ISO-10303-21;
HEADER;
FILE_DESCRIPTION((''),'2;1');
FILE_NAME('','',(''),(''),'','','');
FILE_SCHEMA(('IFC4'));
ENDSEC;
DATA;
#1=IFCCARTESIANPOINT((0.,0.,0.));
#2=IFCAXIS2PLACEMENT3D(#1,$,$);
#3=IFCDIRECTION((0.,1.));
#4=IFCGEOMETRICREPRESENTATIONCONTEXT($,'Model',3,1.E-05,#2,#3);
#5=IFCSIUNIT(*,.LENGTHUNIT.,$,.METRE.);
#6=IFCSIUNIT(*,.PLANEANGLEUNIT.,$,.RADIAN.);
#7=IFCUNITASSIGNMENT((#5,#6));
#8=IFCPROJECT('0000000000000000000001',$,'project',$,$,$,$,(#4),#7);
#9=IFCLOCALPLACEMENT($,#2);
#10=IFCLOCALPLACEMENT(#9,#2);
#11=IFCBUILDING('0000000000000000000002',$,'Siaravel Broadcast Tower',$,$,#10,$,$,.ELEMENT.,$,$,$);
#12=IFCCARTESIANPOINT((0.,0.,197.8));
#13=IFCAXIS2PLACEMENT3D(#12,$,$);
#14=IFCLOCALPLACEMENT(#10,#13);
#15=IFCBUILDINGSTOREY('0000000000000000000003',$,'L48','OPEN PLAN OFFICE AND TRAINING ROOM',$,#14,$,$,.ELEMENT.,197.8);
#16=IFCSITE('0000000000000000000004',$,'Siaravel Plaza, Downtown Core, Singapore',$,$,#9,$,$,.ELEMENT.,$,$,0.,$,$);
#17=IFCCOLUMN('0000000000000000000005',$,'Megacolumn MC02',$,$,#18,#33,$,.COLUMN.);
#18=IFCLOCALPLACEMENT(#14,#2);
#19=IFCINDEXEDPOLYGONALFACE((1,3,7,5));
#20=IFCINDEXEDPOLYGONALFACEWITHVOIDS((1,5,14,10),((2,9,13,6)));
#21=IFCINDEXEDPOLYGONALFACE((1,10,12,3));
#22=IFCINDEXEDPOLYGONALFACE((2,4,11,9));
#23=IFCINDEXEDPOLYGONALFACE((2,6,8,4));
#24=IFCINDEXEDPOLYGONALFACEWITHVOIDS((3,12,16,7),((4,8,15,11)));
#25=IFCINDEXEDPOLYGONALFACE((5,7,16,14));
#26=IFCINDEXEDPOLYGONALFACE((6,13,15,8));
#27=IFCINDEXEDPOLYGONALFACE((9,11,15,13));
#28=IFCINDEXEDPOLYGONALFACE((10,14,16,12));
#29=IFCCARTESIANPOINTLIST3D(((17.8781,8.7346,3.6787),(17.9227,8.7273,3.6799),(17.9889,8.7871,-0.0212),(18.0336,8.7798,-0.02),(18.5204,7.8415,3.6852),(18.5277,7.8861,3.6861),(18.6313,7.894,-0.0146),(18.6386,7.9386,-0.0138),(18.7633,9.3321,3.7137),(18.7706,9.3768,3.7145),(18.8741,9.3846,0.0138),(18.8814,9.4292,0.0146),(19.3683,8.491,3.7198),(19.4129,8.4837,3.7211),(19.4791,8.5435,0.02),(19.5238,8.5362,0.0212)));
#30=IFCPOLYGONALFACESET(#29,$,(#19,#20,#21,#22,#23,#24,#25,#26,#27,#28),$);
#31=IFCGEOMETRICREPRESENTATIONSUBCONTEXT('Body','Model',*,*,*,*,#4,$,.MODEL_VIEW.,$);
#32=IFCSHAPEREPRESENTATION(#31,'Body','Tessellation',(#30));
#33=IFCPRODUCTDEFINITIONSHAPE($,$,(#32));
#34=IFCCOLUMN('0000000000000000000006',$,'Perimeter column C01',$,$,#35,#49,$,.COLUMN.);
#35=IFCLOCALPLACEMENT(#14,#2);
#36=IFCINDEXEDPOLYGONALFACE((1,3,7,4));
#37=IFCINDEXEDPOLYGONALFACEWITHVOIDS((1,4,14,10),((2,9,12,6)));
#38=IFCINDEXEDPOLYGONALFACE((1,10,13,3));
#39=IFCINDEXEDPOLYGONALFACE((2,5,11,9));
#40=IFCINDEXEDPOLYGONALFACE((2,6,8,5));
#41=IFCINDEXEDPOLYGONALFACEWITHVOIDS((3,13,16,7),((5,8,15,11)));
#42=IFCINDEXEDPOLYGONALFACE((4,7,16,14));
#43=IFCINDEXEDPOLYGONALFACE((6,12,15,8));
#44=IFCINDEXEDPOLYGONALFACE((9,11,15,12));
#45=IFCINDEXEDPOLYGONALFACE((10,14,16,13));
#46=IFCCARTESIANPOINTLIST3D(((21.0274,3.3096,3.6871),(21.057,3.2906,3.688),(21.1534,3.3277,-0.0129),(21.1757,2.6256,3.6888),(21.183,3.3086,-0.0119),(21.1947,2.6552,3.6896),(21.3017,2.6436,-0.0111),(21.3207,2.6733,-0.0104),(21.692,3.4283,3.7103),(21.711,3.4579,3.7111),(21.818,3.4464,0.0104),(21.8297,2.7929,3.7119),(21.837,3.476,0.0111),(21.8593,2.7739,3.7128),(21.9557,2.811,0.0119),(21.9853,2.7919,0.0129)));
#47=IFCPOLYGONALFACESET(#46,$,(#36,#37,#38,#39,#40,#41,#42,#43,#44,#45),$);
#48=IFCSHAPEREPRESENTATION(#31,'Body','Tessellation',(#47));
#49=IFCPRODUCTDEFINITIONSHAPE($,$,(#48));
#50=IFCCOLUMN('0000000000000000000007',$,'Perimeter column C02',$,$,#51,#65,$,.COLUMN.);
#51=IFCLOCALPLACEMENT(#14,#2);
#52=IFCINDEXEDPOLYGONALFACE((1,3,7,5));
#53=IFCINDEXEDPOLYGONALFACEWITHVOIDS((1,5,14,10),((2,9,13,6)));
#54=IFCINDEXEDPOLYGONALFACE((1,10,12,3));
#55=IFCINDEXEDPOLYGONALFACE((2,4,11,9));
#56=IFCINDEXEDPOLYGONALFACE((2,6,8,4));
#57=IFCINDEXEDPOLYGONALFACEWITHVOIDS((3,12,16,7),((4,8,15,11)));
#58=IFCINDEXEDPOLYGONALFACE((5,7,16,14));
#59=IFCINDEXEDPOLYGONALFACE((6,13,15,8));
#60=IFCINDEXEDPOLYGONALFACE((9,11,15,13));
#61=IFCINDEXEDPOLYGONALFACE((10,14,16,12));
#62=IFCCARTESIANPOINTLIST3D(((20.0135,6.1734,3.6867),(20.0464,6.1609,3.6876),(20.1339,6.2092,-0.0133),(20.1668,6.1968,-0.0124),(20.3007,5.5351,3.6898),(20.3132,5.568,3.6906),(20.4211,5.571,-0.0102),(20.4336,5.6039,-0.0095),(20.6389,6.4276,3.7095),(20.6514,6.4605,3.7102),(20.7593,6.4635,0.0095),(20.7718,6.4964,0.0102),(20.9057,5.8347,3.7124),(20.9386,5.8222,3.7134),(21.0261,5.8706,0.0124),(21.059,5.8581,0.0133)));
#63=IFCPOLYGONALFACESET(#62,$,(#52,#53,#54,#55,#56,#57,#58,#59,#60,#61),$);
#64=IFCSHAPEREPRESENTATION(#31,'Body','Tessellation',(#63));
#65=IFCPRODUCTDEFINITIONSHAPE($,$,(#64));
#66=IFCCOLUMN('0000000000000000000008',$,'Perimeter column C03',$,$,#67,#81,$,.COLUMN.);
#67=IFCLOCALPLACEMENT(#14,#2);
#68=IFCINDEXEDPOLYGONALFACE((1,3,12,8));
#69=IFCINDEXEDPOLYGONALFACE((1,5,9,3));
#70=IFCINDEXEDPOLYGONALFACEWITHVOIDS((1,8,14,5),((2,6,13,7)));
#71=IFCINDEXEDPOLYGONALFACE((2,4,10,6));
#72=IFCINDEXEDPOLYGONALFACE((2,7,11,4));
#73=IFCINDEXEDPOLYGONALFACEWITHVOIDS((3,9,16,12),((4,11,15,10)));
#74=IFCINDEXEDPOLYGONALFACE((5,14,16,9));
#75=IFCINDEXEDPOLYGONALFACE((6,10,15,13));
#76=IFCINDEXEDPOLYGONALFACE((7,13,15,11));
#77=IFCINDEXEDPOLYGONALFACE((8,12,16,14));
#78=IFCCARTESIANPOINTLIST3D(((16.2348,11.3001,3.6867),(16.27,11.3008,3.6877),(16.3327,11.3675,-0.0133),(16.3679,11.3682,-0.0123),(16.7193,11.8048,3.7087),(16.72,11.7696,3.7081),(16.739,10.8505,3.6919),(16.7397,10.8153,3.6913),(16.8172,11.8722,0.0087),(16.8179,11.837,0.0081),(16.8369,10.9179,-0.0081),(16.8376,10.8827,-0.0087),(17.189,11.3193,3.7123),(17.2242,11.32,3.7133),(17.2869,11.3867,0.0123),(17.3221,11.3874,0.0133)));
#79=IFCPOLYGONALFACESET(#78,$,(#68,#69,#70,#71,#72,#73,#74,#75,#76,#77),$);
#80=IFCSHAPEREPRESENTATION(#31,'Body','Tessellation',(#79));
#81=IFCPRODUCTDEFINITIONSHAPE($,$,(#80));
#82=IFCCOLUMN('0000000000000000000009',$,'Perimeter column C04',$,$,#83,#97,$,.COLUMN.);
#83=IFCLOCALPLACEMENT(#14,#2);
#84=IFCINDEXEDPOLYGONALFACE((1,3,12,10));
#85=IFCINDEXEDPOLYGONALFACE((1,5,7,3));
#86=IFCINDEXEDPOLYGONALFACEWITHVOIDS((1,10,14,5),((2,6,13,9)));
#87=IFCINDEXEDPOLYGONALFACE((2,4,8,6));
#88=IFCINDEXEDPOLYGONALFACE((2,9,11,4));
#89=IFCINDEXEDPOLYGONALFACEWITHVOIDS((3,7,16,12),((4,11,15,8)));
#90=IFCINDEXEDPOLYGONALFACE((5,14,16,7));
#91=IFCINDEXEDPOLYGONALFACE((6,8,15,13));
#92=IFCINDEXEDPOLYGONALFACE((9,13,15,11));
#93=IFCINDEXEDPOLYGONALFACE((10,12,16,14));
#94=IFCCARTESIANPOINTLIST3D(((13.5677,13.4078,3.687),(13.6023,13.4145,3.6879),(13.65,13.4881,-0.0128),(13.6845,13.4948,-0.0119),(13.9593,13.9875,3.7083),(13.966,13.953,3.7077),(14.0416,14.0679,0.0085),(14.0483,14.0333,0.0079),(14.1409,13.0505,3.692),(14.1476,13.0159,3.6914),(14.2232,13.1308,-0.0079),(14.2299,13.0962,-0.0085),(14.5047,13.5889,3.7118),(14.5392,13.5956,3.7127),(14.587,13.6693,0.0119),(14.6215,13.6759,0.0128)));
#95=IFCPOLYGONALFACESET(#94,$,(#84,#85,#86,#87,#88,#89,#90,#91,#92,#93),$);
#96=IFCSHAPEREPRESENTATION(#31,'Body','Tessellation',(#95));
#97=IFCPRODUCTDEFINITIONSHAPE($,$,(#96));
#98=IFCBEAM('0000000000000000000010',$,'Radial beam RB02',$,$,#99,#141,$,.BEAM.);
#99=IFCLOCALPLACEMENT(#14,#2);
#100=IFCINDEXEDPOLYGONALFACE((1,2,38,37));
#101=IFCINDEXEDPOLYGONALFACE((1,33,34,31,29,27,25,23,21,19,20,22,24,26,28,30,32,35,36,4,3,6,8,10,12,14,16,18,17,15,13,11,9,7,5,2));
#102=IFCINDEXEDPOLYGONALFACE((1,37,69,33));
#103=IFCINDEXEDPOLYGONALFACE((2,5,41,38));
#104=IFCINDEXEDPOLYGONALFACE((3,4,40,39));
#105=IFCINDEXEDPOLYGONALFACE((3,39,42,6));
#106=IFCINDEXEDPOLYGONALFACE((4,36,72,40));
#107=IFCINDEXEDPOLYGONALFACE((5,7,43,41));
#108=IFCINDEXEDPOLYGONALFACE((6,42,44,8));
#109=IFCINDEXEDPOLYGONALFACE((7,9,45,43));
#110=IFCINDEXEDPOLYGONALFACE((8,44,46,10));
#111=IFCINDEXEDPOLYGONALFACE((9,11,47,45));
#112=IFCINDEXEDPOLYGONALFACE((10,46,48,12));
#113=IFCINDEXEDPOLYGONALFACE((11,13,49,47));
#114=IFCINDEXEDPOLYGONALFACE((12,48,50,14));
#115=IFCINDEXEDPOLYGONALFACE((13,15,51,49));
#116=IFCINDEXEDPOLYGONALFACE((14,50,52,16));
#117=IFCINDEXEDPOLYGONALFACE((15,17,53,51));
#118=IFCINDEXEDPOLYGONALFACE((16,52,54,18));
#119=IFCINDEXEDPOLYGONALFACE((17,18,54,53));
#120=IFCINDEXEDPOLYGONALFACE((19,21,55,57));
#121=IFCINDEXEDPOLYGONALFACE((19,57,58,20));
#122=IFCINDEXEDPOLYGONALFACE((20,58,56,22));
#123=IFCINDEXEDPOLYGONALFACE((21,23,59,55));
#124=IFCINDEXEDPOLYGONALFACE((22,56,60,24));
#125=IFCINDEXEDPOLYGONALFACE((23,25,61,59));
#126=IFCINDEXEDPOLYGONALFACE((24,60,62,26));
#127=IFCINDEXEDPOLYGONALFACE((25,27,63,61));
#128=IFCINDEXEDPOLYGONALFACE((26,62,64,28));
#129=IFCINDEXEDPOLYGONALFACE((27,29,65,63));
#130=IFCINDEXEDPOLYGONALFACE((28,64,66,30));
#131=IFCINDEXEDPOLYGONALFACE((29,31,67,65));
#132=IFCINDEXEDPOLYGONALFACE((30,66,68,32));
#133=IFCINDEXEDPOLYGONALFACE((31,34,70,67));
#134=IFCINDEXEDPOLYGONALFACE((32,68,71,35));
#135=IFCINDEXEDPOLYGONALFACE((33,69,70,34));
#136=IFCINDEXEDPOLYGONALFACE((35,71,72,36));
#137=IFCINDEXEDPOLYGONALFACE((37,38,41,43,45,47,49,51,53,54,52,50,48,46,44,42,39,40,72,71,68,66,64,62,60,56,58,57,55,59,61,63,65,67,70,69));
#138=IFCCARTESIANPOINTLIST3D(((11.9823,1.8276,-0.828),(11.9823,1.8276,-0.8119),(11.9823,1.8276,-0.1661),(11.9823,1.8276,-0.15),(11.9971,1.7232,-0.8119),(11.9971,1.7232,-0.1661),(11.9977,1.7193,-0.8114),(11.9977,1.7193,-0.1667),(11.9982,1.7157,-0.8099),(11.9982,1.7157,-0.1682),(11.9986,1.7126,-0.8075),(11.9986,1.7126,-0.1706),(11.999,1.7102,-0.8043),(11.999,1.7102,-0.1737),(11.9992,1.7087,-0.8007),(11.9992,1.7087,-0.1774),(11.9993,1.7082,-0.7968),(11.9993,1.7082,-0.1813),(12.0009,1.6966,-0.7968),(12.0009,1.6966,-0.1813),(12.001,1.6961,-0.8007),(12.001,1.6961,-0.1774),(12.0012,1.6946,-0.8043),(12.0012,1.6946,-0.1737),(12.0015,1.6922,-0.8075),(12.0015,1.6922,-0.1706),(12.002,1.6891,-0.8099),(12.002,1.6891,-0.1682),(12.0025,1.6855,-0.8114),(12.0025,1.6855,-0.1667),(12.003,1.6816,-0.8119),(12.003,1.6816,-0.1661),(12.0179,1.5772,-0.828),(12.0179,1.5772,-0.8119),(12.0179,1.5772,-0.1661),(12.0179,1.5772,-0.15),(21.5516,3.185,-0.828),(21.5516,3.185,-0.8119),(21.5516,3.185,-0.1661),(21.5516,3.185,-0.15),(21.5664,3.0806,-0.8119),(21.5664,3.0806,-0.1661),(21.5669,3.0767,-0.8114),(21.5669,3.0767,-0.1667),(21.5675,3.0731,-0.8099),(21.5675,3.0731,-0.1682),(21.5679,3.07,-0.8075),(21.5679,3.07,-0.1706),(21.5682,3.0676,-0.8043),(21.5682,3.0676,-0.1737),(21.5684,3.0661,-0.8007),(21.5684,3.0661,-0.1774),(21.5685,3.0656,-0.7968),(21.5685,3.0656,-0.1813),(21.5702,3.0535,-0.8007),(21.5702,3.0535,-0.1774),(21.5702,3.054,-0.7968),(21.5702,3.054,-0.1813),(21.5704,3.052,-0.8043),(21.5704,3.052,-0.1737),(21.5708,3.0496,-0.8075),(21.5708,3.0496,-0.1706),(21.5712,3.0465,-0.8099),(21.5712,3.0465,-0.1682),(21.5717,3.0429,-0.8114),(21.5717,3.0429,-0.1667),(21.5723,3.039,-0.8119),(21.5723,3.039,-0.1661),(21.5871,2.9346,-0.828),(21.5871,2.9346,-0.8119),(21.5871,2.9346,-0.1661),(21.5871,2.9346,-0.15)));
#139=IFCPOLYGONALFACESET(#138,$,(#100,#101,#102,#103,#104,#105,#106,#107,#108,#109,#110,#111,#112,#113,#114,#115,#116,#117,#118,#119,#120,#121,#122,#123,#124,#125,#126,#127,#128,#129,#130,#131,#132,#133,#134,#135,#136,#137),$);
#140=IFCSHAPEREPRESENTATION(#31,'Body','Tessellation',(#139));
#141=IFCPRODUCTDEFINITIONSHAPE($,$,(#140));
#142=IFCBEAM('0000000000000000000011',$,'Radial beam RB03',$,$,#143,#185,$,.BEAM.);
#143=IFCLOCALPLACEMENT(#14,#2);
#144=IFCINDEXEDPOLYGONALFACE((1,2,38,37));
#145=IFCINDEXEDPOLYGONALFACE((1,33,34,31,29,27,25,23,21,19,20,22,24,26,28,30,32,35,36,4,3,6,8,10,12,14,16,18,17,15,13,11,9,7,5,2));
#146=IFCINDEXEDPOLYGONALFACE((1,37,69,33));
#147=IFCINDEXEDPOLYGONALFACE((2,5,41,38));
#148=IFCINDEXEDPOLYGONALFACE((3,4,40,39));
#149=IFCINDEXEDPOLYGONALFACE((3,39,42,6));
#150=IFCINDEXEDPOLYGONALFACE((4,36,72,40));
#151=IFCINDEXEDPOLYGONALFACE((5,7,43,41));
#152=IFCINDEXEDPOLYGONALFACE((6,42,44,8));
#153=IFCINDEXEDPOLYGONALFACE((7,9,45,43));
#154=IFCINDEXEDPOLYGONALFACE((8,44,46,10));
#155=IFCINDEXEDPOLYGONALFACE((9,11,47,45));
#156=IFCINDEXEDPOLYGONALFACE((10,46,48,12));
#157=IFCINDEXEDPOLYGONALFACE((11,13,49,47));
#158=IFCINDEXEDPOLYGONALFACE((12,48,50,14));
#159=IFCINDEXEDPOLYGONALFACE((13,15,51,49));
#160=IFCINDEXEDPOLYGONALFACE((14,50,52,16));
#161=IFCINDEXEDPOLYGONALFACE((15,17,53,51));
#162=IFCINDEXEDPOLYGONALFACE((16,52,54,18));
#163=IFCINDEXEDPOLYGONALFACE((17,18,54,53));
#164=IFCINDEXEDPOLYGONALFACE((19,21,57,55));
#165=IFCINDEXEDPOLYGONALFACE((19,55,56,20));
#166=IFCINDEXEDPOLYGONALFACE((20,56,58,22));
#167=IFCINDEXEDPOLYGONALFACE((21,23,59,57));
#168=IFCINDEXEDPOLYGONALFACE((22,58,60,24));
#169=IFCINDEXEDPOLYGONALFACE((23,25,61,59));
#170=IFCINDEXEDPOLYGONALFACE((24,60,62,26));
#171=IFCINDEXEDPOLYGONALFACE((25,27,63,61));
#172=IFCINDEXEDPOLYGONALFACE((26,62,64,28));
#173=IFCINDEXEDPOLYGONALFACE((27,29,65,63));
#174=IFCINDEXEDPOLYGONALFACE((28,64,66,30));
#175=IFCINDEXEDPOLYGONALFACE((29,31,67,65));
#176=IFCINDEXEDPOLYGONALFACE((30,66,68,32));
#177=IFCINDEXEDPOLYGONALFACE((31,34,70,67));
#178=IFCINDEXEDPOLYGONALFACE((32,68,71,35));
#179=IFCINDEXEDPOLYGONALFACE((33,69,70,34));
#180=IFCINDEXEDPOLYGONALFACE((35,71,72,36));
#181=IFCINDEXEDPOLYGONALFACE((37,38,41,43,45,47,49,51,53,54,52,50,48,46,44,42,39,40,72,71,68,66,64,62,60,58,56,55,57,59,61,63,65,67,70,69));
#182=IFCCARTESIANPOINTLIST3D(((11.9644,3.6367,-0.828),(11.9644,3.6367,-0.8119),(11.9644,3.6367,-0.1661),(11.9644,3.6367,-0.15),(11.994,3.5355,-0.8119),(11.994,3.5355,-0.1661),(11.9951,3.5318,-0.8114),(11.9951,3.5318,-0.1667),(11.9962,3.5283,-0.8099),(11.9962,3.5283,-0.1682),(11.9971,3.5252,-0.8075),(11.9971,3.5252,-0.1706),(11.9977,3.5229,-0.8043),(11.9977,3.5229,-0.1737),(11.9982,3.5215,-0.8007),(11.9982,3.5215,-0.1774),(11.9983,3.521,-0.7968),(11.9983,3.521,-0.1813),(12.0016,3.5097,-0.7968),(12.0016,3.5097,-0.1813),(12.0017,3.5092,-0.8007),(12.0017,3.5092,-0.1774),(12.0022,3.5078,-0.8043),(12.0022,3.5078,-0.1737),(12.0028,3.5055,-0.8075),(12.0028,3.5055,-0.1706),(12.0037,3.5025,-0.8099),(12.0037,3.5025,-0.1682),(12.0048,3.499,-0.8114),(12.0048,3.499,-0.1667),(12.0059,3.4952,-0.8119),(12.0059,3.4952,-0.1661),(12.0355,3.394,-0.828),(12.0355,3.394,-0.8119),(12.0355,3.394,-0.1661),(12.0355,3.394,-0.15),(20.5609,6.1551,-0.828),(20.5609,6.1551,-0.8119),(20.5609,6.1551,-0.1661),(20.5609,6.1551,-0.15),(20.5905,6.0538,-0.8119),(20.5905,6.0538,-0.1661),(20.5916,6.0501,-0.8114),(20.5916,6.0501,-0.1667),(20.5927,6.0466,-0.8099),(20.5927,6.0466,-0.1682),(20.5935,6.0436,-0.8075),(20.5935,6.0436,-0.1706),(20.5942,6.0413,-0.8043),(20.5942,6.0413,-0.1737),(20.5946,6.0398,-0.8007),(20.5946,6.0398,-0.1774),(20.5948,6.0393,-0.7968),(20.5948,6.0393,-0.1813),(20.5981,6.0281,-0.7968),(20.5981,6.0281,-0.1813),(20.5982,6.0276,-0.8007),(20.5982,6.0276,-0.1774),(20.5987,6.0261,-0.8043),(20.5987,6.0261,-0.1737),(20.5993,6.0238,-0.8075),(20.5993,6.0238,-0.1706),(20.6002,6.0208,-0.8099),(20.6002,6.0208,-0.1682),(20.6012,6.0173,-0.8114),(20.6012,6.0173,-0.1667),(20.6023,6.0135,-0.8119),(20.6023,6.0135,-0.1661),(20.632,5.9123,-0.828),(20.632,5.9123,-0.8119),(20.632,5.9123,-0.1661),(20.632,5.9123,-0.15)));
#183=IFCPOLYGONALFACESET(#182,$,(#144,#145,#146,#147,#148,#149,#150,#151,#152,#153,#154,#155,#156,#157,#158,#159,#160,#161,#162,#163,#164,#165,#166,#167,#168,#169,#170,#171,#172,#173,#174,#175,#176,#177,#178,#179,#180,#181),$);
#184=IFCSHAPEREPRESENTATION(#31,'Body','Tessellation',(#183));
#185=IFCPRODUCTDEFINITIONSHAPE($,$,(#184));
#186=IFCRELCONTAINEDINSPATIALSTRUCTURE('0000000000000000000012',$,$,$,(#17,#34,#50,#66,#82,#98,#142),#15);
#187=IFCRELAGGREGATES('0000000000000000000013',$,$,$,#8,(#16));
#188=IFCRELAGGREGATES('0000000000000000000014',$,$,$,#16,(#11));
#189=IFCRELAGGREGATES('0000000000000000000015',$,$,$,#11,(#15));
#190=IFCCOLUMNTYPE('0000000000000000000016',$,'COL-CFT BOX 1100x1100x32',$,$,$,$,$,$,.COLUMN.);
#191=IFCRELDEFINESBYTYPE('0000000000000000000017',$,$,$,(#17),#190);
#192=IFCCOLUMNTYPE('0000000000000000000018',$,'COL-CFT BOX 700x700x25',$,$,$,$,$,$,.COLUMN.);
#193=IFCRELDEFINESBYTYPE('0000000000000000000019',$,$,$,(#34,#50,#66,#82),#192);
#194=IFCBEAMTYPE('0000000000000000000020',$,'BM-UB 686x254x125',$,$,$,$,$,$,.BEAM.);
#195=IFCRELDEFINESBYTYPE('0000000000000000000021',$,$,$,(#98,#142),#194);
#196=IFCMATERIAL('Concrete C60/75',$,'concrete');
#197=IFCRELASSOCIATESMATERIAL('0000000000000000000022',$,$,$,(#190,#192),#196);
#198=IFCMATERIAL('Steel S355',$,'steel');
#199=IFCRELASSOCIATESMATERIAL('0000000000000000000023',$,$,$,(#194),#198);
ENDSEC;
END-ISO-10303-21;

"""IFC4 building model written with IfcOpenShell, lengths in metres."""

from ifc_helpers import new_model, si_unit, direction, frame, origin, origin_2d, place, context, subcontext, project, spatial, hollow_rectangle, i_section, extrude, material, material_profile, profile_set, type_object, element, save


model = new_model("IFC4")

# Units and contexts
model_context = context("Model", 3, precision=1e-05, world=origin(), true_north=direction((0.0, 1.0)))
body_context = subcontext(model_context, "Body", "Model", "MODEL_VIEW")
ifc_project = project(units=[si_unit("LENGTHUNIT", "METRE"), si_unit("PLANEANGLEUNIT", "RADIAN")], contexts=[model_context])

# Site, building, storey
site_placement = place(None, origin())
site = spatial("IfcSite", under=ifc_project, at=site_placement, Name="Siaravel Plaza, Downtown Core, Singapore", CompositionType="ELEMENT", RefElevation=0.0)
building_placement = place(site_placement, origin())
building = spatial("IfcBuilding", under=site, at=building_placement, Name="Siaravel Broadcast Tower", CompositionType="ELEMENT")
storey_placement = place(building_placement, frame((0.0, 0.0, 197.8)))
storey = spatial("IfcBuildingStorey", under=building, at=storey_placement, Name="L48", Description="OPEN PLAN OFFICE AND TRAINING ROOM", CompositionType="ELEMENT", Elevation=197.8)

# Columns
ifc_material_1 = material(Name="Concrete C60/75", Category="concrete")
ifc_material_profile_1 = material_profile(ifc_material_1, hollow_rectangle(XDim=1.1001, YDim=1.1001, WallThickness=0.032, at=origin_2d()))
ifc_profile_set_1 = profile_set([ifc_material_profile_1], Name="Concrete C60/75")
column_type_1 = type_object("IfcColumnType", Name="COL-CFT BOX 1100x1100x32", PredefinedType="COLUMN", material=ifc_profile_set_1)
column_1_placement = place(storey_placement, frame((18.7563, 8.6616, 0.0), z_axis=(-0.029941, -0.014179, 0.999451), x_axis=(0.583902, -0.811802, 0.005975)))
element("IfcColumn", 1, at=column_1_placement, inside=storey, type_object=column_type_1, Name="Megacolumn MC02", PredefinedType="COLUMN", context=body_context, shape_type="SweptSolid", body=[
    extrude(hollow_rectangle(XDim=1.1001, YDim=1.1001, WallThickness=0.032, at=origin_2d()), origin(), (0.0, 0.0, 1.0), 3.7019),
])
ifc_material_profile_2 = material_profile(ifc_material_1, hollow_rectangle(XDim=0.7, YDim=0.7, WallThickness=0.0249, at=origin_2d()))
ifc_profile_set_2 = profile_set([ifc_material_profile_2], Name="Concrete C60/75")
column_type_2 = type_object("IfcColumnType", Name="COL-CFT BOX 700x700x25", PredefinedType="COLUMN", material=ifc_profile_set_2)
for number, where, z_axis, x_axis, name in (
    (2, (21.5693, 3.0598, 0.0), (-0.034028, -0.00488, 0.999409), (0.211884, -0.977292, 0.002442), "Perimeter column C01"),
    (3, (20.5964, 6.0337, 0.0), (-0.032512, -0.009694, 0.999424), (0.410379, -0.911904, 0.004505), "Perimeter column C02"),
):
    element("IfcColumn", number, at=place(storey_placement, frame(where, z_axis=z_axis, x_axis=x_axis)), inside=storey, type_object=column_type_2, Name=name, PredefinedType="COLUMN", context=body_context, shape_type="SweptSolid", body=[
        extrude(hollow_rectangle(XDim=0.7, YDim=0.7, WallThickness=0.0249, at=origin_2d()), origin(), (0.0, 0.0, 1.0), 3.7021),
    ])
column_2_placement = place(storey_placement, frame((16.8274, 11.3774, 0.0), z_axis=(-0.026446, -0.018202, 0.999484), x_axis=(0.721262, -0.692632, 0.00647)))
element("IfcColumn", 4, at=column_2_placement, inside=storey, type_object=column_type_2, Name="Perimeter column C03", PredefinedType="COLUMN", context=body_context, shape_type="SweptSolid", body=[
    extrude(hollow_rectangle(XDim=0.7, YDim=0.7, WallThickness=0.0249, at=origin_2d()), origin(), (0.0, 0.0, 1.0), 3.7019),
])
column_3_placement = place(storey_placement, frame((14.1357, 13.582, 0.0), z_axis=(-0.022226, -0.021699, 0.999517), x_axis=(0.828526, -0.559915, 0.006269)))
element("IfcColumn", 5, at=column_3_placement, inside=storey, type_object=column_type_2, Name="Perimeter column C04", PredefinedType="COLUMN", context=body_context, shape_type="SweptSolid", body=[
    extrude(hollow_rectangle(XDim=0.7, YDim=0.7, WallThickness=0.0249, at=origin_2d()), origin(), (0.0, 0.0, 1.0), 3.7017),
])

# Beams
ifc_material_2 = material(Name="Steel S355", Category="steel")
ifc_material_profile_3 = material_profile(ifc_material_2, i_section(OverallWidth=0.2529, OverallDepth=0.678, WebThickness=0.0117, FlangeThickness=0.0161, FilletRadius=0.0151, at=origin_2d()))
ifc_profile_set_3 = profile_set([ifc_material_profile_3], Name="Steel S355")
beam_type = type_object("IfcBeamType", Name="BM-UB 686x254x125", PredefinedType="BEAM", material=ifc_profile_set_3)
beam_1_placement = place(storey_placement, frame((21.5693, 3.0598, -0.489), z_axis=(-0.990088, -0.140445, 0.0), x_axis=(0.140445, -0.990088, 0.0)))
element("IfcBeam", 6, at=beam_1_placement, inside=storey, type_object=beam_type, Name="Radial beam RB02", PredefinedType="BEAM", context=body_context, shape_type="SweptSolid", body=[
    extrude(i_section(OverallWidth=0.2529, OverallDepth=0.678, WebThickness=0.0117, FlangeThickness=0.0161, FilletRadius=0.0151, at=origin_2d()), origin(), (0.0, 0.0, 1.0), 9.665),
])
beam_2_placement = place(storey_placement, frame((20.5964, 6.0337, -0.489), z_axis=(-0.959669, -0.281133, 0.0), x_axis=(0.281133, -0.959669, 0.0)))
element("IfcBeam", 7, at=beam_2_placement, inside=storey, type_object=beam_type, Name="Radial beam RB03", PredefinedType="BEAM", context=body_context, shape_type="SweptSolid", body=[
    extrude(i_section(OverallWidth=0.2529, OverallDepth=0.678, WebThickness=0.0117, FlangeThickness=0.0161, FilletRadius=0.0151, at=origin_2d()), origin(), (0.0, 0.0, 1.0), 8.9578),
])

save(model, "model.ifc")
